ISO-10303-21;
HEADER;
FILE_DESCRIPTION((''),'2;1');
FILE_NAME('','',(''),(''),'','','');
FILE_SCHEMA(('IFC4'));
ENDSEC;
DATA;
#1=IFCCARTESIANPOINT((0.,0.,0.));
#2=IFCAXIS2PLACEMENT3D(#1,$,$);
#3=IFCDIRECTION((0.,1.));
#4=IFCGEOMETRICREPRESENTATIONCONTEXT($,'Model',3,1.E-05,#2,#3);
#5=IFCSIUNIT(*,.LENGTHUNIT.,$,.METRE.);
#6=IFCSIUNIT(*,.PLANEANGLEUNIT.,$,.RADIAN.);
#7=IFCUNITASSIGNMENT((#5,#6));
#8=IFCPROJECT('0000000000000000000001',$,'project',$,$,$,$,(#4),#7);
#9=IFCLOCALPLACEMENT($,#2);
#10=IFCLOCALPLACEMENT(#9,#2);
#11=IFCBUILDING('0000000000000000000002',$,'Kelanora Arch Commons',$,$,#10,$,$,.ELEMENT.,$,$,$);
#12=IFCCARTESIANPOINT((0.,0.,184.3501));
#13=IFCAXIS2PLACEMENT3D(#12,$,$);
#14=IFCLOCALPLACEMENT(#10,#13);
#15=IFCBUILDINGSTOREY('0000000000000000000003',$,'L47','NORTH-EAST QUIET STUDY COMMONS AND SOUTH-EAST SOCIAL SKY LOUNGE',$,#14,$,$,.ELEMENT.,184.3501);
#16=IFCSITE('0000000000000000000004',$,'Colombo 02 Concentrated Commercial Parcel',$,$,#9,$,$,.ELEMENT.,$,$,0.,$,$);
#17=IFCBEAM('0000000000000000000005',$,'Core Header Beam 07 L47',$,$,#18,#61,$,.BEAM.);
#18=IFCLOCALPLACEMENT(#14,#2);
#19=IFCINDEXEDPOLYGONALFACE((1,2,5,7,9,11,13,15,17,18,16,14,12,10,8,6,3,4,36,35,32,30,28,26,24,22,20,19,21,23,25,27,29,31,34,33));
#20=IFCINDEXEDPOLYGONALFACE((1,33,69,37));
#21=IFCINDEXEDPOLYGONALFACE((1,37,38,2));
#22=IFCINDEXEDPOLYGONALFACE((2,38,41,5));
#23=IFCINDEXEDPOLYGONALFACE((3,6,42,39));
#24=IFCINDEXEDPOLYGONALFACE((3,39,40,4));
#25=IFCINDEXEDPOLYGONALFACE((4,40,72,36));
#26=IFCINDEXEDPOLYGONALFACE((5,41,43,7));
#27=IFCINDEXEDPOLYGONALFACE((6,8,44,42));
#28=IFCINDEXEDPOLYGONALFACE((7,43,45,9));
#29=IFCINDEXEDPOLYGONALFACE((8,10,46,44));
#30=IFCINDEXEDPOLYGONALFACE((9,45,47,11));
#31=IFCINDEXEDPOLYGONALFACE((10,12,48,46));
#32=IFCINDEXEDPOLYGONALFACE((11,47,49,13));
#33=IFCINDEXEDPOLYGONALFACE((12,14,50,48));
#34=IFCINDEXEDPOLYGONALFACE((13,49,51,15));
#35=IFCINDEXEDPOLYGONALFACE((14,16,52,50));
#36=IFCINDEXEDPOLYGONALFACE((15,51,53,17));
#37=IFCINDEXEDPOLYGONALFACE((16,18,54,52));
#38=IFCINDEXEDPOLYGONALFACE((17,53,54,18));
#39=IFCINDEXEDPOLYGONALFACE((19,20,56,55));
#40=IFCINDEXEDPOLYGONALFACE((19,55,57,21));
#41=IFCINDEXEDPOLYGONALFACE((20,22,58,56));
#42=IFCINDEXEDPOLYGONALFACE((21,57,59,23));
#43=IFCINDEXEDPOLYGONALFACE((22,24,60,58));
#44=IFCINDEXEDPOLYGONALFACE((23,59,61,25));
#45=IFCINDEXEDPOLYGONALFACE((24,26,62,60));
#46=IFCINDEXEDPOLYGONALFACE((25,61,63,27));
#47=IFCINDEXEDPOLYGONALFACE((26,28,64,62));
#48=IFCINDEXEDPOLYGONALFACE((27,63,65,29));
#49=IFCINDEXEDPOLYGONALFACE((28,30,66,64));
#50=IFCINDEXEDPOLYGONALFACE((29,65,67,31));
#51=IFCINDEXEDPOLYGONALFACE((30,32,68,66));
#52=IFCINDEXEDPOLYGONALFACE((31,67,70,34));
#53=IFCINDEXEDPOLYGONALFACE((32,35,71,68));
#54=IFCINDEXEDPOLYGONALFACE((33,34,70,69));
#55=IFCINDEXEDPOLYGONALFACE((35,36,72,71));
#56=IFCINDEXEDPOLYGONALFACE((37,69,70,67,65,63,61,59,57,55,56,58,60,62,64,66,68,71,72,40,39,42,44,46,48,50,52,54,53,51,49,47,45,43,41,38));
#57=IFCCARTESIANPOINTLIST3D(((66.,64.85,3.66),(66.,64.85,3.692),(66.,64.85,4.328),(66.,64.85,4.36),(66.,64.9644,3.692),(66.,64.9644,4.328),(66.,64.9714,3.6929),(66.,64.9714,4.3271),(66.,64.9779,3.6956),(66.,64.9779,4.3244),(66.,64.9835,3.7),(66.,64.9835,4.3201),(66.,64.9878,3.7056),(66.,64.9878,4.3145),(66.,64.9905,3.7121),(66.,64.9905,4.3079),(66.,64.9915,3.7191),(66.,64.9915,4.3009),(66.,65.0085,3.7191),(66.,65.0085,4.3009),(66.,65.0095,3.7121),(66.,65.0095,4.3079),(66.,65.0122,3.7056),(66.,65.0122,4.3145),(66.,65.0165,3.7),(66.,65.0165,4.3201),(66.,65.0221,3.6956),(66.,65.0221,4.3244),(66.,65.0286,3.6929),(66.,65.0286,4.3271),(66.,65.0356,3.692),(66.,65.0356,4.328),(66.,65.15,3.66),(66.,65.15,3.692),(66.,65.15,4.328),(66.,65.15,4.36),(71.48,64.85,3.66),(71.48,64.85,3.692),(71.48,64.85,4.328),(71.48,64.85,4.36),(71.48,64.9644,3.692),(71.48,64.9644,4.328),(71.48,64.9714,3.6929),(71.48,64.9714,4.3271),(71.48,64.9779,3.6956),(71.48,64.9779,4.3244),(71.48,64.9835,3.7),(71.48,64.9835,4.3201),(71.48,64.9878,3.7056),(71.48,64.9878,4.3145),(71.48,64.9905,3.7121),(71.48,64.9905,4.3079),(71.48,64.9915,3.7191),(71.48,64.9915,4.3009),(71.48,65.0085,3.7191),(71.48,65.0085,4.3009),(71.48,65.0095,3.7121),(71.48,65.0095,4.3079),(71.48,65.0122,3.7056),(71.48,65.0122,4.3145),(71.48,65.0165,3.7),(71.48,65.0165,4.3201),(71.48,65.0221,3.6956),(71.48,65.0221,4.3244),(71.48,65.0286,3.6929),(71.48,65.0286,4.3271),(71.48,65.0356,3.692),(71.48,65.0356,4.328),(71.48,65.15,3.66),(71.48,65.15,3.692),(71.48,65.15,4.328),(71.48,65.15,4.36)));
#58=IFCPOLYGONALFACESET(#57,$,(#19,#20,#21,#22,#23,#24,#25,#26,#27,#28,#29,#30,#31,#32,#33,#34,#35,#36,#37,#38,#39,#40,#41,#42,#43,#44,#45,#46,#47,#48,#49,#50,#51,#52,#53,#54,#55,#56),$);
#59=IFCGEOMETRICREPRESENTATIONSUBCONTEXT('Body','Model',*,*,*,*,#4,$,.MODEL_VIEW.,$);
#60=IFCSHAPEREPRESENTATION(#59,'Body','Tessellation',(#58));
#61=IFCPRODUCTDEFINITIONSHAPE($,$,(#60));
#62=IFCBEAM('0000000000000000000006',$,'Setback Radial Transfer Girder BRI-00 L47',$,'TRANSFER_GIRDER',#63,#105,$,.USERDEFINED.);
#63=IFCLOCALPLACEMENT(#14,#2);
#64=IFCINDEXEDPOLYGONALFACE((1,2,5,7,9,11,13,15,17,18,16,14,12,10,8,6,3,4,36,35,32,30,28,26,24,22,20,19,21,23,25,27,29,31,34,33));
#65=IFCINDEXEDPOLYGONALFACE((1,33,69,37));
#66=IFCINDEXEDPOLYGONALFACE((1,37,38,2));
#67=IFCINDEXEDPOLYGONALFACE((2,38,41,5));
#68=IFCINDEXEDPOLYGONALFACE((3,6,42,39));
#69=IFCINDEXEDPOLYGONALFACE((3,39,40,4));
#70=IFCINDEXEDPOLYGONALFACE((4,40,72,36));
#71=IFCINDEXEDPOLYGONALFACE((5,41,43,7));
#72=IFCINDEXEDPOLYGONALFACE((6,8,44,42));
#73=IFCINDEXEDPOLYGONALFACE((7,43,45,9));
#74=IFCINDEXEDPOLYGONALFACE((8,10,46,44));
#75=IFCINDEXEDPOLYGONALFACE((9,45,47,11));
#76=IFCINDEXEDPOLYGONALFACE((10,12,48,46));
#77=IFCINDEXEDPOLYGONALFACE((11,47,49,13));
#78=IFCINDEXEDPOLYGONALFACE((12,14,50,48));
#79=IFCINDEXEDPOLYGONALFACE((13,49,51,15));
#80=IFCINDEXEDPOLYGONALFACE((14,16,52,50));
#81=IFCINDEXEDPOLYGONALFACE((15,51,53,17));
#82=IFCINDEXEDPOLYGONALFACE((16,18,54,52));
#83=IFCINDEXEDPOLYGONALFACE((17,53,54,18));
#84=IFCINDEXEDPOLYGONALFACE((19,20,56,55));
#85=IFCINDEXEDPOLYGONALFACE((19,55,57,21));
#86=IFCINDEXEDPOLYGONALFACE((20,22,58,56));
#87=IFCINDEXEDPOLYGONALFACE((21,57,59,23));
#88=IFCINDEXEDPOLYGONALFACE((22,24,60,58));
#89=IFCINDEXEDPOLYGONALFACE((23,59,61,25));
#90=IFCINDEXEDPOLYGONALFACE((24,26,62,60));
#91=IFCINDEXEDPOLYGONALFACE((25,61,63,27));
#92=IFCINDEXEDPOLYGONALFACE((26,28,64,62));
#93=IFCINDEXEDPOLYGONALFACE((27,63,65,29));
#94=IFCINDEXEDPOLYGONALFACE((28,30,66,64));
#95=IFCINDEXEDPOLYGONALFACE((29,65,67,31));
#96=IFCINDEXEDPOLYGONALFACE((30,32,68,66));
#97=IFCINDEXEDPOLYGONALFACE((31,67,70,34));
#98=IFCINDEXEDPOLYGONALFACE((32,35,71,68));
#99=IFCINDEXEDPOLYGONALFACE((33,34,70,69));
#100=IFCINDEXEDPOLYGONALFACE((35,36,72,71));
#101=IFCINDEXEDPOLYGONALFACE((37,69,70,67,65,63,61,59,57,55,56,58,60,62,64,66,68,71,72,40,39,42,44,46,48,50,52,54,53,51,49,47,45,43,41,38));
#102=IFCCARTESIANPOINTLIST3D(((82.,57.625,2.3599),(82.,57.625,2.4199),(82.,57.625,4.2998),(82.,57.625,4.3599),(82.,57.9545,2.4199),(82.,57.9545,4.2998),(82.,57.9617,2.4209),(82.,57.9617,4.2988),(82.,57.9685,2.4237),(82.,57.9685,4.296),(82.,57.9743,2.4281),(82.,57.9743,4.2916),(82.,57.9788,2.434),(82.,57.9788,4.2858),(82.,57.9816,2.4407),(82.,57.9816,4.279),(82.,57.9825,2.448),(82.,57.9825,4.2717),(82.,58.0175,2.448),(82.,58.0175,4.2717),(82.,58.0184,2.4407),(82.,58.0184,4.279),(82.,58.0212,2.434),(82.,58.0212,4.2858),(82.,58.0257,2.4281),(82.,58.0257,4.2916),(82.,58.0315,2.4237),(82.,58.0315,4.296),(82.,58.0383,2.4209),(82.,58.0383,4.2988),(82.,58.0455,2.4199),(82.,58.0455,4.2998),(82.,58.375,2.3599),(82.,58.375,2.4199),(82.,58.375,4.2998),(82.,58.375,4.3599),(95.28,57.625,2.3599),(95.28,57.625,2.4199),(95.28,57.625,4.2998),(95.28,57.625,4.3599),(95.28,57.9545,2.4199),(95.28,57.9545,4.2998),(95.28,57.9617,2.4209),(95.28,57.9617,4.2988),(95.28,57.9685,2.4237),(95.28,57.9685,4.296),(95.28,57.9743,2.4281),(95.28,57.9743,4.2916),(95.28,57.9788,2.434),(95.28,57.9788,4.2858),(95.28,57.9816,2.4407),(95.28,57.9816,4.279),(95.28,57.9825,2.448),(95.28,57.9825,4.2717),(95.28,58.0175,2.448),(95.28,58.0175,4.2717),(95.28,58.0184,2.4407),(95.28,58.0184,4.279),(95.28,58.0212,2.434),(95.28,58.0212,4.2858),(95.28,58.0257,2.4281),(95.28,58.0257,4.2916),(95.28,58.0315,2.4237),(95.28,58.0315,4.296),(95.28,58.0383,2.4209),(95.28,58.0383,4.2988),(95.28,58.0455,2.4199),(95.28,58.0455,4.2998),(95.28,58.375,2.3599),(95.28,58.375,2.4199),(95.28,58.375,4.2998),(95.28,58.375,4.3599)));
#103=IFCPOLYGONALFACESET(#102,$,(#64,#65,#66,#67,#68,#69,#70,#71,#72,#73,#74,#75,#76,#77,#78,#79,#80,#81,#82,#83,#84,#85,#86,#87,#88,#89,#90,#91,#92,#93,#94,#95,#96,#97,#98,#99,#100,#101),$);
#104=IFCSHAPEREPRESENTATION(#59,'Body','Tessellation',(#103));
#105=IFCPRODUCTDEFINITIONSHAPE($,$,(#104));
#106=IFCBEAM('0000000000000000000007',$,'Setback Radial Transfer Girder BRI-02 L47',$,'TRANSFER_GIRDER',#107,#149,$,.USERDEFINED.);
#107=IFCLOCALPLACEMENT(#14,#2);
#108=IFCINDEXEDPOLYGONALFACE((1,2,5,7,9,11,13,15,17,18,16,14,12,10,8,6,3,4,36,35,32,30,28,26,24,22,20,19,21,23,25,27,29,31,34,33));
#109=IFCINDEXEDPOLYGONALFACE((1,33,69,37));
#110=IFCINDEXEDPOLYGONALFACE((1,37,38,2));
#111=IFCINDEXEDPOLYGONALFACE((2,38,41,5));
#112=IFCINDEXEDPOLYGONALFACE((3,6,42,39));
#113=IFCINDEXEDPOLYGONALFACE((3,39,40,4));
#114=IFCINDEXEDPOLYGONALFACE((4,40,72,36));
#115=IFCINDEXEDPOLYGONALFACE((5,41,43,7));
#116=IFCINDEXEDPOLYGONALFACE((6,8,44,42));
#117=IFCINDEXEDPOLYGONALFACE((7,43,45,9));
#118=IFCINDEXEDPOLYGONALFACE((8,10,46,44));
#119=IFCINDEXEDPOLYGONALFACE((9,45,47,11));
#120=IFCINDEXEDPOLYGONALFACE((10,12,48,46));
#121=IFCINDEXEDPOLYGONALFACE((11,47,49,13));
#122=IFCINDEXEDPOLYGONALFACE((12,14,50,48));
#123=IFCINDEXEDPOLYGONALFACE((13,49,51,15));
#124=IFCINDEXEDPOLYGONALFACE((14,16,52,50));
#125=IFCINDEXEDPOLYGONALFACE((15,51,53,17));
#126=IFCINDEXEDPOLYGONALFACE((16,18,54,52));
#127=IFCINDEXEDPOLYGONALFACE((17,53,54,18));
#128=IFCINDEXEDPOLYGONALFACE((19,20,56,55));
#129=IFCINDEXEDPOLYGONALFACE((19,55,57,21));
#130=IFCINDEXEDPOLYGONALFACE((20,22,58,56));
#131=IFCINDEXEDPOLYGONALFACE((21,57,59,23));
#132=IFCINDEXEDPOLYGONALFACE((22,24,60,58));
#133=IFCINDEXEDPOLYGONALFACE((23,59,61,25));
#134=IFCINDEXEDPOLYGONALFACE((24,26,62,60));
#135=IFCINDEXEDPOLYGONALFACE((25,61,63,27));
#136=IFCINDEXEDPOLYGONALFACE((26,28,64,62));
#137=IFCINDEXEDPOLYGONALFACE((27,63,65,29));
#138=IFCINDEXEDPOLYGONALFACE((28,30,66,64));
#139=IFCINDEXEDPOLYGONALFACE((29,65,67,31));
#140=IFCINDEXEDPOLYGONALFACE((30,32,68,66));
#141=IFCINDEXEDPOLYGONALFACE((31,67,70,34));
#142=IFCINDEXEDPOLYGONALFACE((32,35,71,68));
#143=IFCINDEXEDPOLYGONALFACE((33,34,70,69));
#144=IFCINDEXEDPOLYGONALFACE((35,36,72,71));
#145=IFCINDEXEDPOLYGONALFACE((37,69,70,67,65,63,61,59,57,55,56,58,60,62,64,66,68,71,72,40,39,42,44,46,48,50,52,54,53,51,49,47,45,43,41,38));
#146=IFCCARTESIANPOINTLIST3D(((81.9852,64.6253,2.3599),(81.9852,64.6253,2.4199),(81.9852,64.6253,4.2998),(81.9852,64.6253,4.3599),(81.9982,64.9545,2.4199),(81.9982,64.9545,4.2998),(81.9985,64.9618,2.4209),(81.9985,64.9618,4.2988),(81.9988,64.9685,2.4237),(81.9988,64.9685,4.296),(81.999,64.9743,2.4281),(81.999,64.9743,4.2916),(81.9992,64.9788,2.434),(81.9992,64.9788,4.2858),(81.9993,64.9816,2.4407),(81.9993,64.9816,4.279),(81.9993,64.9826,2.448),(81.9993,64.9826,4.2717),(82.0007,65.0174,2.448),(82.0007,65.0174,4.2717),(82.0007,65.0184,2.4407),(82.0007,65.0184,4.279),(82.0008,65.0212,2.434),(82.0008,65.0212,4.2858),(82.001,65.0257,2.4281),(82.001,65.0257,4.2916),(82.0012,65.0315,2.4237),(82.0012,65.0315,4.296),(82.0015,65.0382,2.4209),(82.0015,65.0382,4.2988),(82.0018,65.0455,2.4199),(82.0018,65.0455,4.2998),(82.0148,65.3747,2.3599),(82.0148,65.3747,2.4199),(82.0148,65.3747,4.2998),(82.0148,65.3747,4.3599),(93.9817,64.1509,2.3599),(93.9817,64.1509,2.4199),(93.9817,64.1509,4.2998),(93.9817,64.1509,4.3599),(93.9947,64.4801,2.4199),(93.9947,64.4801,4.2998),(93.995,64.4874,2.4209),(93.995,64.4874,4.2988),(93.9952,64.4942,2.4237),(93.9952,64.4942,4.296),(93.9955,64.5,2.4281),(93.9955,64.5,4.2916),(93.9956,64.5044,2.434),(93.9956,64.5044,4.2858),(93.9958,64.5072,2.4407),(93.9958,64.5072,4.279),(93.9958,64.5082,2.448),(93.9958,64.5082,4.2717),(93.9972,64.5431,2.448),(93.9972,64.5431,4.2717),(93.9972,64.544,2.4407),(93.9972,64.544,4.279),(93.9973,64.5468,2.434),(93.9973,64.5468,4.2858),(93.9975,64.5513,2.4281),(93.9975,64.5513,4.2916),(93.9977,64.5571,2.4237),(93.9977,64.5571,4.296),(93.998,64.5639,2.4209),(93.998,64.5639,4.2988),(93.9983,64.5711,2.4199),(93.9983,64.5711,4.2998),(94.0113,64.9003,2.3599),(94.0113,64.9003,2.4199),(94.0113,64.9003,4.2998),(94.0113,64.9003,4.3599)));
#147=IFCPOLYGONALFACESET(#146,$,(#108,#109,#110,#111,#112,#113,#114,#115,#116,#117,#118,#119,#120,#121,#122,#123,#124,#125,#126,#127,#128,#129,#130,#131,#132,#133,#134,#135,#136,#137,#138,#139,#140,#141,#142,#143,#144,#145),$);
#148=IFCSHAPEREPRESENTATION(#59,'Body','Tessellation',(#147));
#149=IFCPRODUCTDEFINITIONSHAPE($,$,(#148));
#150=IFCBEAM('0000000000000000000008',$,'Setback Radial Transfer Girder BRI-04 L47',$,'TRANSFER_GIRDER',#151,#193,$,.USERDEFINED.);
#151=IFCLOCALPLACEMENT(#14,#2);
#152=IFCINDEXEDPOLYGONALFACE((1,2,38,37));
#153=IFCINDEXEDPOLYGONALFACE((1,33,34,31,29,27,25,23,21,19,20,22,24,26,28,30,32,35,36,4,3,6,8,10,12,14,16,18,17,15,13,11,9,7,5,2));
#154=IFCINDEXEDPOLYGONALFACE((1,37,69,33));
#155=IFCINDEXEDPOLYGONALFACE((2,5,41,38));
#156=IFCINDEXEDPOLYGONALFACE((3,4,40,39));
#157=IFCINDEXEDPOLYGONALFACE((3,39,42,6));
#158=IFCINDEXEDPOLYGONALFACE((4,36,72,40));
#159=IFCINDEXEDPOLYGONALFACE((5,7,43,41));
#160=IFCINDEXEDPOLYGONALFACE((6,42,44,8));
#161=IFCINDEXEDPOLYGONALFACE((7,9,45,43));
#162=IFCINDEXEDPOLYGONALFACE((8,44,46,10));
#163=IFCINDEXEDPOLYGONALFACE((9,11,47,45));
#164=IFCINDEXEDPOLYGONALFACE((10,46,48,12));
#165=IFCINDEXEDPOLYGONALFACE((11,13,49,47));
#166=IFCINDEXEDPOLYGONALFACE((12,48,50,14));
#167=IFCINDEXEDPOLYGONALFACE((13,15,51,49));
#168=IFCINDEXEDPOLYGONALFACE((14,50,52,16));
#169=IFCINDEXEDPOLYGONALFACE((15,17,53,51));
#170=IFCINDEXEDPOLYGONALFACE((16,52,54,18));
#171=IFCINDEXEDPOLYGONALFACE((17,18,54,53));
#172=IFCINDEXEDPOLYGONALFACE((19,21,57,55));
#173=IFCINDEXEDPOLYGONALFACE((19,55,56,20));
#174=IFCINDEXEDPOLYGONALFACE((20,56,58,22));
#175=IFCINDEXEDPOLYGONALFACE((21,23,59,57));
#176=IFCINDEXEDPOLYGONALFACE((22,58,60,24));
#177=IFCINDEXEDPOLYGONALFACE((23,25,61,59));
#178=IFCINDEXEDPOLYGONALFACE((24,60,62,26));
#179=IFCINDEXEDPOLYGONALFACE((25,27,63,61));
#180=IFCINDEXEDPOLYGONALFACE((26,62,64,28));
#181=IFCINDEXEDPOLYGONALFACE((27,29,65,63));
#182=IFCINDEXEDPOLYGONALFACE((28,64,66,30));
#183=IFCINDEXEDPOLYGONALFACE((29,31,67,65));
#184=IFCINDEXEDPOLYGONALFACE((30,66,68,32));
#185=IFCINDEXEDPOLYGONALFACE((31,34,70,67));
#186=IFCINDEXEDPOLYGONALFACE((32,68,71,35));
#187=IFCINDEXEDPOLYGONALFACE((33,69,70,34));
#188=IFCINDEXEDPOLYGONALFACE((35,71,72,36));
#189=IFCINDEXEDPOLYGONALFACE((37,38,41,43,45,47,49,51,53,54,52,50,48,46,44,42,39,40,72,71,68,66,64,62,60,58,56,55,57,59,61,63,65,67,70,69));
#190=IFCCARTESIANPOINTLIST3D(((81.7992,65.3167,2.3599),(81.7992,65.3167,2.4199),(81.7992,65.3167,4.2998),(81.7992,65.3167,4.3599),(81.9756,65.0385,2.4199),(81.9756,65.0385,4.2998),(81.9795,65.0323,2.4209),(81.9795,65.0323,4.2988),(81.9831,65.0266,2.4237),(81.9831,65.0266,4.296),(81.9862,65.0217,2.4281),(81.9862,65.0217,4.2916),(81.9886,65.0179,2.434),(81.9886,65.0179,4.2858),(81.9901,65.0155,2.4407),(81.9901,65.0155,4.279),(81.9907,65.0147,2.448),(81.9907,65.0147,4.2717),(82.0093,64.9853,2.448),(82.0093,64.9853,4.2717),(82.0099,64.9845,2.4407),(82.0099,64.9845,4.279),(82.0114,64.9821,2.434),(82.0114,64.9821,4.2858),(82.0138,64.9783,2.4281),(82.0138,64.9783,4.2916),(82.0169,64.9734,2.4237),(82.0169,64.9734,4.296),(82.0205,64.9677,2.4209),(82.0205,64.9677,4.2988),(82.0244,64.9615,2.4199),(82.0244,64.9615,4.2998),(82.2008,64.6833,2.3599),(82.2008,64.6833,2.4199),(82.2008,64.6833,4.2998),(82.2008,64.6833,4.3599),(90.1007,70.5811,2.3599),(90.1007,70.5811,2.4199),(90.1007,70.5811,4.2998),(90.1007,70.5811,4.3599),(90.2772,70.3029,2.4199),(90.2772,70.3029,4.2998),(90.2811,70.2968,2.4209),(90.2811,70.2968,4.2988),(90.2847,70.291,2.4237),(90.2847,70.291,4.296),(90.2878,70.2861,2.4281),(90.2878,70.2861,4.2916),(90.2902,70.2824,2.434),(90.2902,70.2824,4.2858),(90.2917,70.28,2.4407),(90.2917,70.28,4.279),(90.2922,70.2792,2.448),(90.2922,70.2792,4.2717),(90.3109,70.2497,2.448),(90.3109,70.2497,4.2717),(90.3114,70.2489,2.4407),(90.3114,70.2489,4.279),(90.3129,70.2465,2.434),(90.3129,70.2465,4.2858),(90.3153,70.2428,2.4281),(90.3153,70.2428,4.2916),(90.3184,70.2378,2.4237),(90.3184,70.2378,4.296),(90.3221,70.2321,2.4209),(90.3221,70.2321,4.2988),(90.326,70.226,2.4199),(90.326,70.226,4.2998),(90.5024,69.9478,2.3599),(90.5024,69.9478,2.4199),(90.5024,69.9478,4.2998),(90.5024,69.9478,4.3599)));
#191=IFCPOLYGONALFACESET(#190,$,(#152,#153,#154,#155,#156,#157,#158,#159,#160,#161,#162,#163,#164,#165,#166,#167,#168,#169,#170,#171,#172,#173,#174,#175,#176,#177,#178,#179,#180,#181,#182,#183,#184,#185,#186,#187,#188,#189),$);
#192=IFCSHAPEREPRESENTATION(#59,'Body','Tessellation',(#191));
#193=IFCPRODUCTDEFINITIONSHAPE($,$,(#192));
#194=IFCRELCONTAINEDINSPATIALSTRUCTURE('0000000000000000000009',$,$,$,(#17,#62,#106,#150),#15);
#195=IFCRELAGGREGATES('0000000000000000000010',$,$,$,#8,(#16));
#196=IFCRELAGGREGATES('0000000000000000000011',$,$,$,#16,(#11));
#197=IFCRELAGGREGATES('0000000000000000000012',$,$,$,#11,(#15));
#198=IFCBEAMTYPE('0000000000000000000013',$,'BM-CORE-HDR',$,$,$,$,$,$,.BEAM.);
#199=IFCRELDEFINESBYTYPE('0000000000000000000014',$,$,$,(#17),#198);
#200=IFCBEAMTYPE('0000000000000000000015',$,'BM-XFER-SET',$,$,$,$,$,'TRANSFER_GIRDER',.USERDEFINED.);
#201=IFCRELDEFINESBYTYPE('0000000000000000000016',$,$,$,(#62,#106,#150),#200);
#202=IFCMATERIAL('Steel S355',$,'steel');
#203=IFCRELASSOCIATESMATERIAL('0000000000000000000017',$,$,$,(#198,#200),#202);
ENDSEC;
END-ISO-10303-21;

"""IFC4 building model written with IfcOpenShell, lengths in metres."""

from ifc_helpers import new_model, si_unit, direction, frame, origin, origin_2d, place, context, subcontext, project, spatial, i_section, extrude, material, material_profile, profile_set, type_object, element, save


model = new_model("IFC4")

# Units and contexts
model_context = context("Model", 3, precision=1e-05, world=origin(), true_north=direction((0.0, 1.0)))
body_context = subcontext(model_context, "Body", "Model", "MODEL_VIEW")
ifc_project = project(units=[si_unit("LENGTHUNIT", "METRE"), si_unit("PLANEANGLEUNIT", "RADIAN")], contexts=[model_context])

# Site, building, storey
site_placement = place(None, origin())
site = spatial("IfcSite", under=ifc_project, at=site_placement, Name="Colombo 02 Concentrated Commercial Parcel", CompositionType="ELEMENT", RefElevation=0.0)
building_placement = place(site_placement, origin())
building = spatial("IfcBuilding", under=site, at=building_placement, Name="Kelanora Arch Commons", CompositionType="ELEMENT")
storey_placement = place(building_placement, frame((0.0, 0.0, 184.3501)))
storey = spatial("IfcBuildingStorey", under=building, at=storey_placement, Name="L47", Description="NORTH-EAST QUIET STUDY COMMONS AND SOUTH-EAST SOCIAL SKY LOUNGE", CompositionType="ELEMENT", Elevation=184.3501)

# Beams
ifc_material_1 = material(Name="Steel S355", Category="steel")
ifc_material_profile_1 = material_profile(ifc_material_1, i_section(OverallWidth=0.3, OverallDepth=0.7, WebThickness=0.0171, FlangeThickness=0.032, FilletRadius=0.0271, at=origin_2d()), Name="HEB700")
ifc_profile_set_1 = profile_set([ifc_material_profile_1], Name="Steel S355")
beam_type_1 = type_object("IfcBeamType", Name="BM-CORE-HDR", PredefinedType="BEAM", material=ifc_profile_set_1)
beam_1_placement = place(storey_placement, frame((71.48, 65.0, 4.01), z_axis=(-1.0, 0.0, 0.0), x_axis=(0.0, -1.0, 0.0)))
element("IfcBeam", 1, at=beam_1_placement, inside=storey, type_object=beam_type_1, Name="Core Header Beam 07 L47", PredefinedType="BEAM", context=body_context, shape_type="SweptSolid", body=[
    extrude(i_section(OverallWidth=0.3, OverallDepth=0.7, WebThickness=0.0171, FlangeThickness=0.032, FilletRadius=0.0271, at=origin_2d()), origin(), (0.0, 0.0, 1.0), 5.48),
])
ifc_material_profile_2 = material_profile(ifc_material_1, i_section(OverallWidth=0.75, OverallDepth=2.0, WebThickness=0.0349, FlangeThickness=0.0601, FilletRadius=0.0281, at=origin_2d()), Name="PG2000x750")
ifc_profile_set_2 = profile_set([ifc_material_profile_2], Name="Steel S355")
beam_type_2 = type_object("IfcBeamType", Name="BM-XFER-SET", ElementType="TRANSFER_GIRDER", PredefinedType="USERDEFINED", material=ifc_profile_set_2)
beam_2_placement = place(storey_placement, frame((82.0, 58.0, 3.3599), z_axis=(1.0, 0.0, 0.0), x_axis=(0.0, 1.0, 0.0)))
element("IfcBeam", 2, at=beam_2_placement, inside=storey, type_object=beam_type_2, Name="Setback Radial Transfer Girder BRI-00 L47", ObjectType="TRANSFER_GIRDER", PredefinedType="USERDEFINED", context=body_context, shape_type="SweptSolid", body=[
    extrude(i_section(OverallWidth=0.75, OverallDepth=2.0, WebThickness=0.0349, FlangeThickness=0.0601, FilletRadius=0.0281, at=origin_2d()), origin(), (0.0, 0.0, 1.0), 13.28),
])
beam_3_placement = place(storey_placement, frame((82.0, 65.0, 3.3599), z_axis=(0.999219, -0.039511, 0.0), x_axis=(0.039511, 0.999219, 0.0)))
element("IfcBeam", 3, at=beam_3_placement, inside=storey, type_object=beam_type_2, Name="Setback Radial Transfer Girder BRI-02 L47", ObjectType="TRANSFER_GIRDER", PredefinedType="USERDEFINED", context=body_context, shape_type="SweptSolid", body=[
    extrude(i_section(OverallWidth=0.75, OverallDepth=2.0, WebThickness=0.0349, FlangeThickness=0.0601, FilletRadius=0.0281, at=origin_2d()), origin(), (0.0, 0.0, 1.0), 12.0059),
])
beam_4_placement = place(storey_placement, frame((82.0, 65.0, 3.3599), z_axis=(0.844507, 0.535544, 0.0), x_axis=(-0.535544, 0.844507, 0.0)))
element("IfcBeam", 4, at=beam_4_placement, inside=storey, type_object=beam_type_2, Name="Setback Radial Transfer Girder BRI-04 L47", ObjectType="TRANSFER_GIRDER", PredefinedType="USERDEFINED", context=body_context, shape_type="SweptSolid", body=[
    extrude(i_section(OverallWidth=0.75, OverallDepth=2.0, WebThickness=0.0349, FlangeThickness=0.0601, FilletRadius=0.0281, at=origin_2d()), origin(), (0.0, 0.0, 1.0), 9.8301),
])

save(model, "model.ifc")
